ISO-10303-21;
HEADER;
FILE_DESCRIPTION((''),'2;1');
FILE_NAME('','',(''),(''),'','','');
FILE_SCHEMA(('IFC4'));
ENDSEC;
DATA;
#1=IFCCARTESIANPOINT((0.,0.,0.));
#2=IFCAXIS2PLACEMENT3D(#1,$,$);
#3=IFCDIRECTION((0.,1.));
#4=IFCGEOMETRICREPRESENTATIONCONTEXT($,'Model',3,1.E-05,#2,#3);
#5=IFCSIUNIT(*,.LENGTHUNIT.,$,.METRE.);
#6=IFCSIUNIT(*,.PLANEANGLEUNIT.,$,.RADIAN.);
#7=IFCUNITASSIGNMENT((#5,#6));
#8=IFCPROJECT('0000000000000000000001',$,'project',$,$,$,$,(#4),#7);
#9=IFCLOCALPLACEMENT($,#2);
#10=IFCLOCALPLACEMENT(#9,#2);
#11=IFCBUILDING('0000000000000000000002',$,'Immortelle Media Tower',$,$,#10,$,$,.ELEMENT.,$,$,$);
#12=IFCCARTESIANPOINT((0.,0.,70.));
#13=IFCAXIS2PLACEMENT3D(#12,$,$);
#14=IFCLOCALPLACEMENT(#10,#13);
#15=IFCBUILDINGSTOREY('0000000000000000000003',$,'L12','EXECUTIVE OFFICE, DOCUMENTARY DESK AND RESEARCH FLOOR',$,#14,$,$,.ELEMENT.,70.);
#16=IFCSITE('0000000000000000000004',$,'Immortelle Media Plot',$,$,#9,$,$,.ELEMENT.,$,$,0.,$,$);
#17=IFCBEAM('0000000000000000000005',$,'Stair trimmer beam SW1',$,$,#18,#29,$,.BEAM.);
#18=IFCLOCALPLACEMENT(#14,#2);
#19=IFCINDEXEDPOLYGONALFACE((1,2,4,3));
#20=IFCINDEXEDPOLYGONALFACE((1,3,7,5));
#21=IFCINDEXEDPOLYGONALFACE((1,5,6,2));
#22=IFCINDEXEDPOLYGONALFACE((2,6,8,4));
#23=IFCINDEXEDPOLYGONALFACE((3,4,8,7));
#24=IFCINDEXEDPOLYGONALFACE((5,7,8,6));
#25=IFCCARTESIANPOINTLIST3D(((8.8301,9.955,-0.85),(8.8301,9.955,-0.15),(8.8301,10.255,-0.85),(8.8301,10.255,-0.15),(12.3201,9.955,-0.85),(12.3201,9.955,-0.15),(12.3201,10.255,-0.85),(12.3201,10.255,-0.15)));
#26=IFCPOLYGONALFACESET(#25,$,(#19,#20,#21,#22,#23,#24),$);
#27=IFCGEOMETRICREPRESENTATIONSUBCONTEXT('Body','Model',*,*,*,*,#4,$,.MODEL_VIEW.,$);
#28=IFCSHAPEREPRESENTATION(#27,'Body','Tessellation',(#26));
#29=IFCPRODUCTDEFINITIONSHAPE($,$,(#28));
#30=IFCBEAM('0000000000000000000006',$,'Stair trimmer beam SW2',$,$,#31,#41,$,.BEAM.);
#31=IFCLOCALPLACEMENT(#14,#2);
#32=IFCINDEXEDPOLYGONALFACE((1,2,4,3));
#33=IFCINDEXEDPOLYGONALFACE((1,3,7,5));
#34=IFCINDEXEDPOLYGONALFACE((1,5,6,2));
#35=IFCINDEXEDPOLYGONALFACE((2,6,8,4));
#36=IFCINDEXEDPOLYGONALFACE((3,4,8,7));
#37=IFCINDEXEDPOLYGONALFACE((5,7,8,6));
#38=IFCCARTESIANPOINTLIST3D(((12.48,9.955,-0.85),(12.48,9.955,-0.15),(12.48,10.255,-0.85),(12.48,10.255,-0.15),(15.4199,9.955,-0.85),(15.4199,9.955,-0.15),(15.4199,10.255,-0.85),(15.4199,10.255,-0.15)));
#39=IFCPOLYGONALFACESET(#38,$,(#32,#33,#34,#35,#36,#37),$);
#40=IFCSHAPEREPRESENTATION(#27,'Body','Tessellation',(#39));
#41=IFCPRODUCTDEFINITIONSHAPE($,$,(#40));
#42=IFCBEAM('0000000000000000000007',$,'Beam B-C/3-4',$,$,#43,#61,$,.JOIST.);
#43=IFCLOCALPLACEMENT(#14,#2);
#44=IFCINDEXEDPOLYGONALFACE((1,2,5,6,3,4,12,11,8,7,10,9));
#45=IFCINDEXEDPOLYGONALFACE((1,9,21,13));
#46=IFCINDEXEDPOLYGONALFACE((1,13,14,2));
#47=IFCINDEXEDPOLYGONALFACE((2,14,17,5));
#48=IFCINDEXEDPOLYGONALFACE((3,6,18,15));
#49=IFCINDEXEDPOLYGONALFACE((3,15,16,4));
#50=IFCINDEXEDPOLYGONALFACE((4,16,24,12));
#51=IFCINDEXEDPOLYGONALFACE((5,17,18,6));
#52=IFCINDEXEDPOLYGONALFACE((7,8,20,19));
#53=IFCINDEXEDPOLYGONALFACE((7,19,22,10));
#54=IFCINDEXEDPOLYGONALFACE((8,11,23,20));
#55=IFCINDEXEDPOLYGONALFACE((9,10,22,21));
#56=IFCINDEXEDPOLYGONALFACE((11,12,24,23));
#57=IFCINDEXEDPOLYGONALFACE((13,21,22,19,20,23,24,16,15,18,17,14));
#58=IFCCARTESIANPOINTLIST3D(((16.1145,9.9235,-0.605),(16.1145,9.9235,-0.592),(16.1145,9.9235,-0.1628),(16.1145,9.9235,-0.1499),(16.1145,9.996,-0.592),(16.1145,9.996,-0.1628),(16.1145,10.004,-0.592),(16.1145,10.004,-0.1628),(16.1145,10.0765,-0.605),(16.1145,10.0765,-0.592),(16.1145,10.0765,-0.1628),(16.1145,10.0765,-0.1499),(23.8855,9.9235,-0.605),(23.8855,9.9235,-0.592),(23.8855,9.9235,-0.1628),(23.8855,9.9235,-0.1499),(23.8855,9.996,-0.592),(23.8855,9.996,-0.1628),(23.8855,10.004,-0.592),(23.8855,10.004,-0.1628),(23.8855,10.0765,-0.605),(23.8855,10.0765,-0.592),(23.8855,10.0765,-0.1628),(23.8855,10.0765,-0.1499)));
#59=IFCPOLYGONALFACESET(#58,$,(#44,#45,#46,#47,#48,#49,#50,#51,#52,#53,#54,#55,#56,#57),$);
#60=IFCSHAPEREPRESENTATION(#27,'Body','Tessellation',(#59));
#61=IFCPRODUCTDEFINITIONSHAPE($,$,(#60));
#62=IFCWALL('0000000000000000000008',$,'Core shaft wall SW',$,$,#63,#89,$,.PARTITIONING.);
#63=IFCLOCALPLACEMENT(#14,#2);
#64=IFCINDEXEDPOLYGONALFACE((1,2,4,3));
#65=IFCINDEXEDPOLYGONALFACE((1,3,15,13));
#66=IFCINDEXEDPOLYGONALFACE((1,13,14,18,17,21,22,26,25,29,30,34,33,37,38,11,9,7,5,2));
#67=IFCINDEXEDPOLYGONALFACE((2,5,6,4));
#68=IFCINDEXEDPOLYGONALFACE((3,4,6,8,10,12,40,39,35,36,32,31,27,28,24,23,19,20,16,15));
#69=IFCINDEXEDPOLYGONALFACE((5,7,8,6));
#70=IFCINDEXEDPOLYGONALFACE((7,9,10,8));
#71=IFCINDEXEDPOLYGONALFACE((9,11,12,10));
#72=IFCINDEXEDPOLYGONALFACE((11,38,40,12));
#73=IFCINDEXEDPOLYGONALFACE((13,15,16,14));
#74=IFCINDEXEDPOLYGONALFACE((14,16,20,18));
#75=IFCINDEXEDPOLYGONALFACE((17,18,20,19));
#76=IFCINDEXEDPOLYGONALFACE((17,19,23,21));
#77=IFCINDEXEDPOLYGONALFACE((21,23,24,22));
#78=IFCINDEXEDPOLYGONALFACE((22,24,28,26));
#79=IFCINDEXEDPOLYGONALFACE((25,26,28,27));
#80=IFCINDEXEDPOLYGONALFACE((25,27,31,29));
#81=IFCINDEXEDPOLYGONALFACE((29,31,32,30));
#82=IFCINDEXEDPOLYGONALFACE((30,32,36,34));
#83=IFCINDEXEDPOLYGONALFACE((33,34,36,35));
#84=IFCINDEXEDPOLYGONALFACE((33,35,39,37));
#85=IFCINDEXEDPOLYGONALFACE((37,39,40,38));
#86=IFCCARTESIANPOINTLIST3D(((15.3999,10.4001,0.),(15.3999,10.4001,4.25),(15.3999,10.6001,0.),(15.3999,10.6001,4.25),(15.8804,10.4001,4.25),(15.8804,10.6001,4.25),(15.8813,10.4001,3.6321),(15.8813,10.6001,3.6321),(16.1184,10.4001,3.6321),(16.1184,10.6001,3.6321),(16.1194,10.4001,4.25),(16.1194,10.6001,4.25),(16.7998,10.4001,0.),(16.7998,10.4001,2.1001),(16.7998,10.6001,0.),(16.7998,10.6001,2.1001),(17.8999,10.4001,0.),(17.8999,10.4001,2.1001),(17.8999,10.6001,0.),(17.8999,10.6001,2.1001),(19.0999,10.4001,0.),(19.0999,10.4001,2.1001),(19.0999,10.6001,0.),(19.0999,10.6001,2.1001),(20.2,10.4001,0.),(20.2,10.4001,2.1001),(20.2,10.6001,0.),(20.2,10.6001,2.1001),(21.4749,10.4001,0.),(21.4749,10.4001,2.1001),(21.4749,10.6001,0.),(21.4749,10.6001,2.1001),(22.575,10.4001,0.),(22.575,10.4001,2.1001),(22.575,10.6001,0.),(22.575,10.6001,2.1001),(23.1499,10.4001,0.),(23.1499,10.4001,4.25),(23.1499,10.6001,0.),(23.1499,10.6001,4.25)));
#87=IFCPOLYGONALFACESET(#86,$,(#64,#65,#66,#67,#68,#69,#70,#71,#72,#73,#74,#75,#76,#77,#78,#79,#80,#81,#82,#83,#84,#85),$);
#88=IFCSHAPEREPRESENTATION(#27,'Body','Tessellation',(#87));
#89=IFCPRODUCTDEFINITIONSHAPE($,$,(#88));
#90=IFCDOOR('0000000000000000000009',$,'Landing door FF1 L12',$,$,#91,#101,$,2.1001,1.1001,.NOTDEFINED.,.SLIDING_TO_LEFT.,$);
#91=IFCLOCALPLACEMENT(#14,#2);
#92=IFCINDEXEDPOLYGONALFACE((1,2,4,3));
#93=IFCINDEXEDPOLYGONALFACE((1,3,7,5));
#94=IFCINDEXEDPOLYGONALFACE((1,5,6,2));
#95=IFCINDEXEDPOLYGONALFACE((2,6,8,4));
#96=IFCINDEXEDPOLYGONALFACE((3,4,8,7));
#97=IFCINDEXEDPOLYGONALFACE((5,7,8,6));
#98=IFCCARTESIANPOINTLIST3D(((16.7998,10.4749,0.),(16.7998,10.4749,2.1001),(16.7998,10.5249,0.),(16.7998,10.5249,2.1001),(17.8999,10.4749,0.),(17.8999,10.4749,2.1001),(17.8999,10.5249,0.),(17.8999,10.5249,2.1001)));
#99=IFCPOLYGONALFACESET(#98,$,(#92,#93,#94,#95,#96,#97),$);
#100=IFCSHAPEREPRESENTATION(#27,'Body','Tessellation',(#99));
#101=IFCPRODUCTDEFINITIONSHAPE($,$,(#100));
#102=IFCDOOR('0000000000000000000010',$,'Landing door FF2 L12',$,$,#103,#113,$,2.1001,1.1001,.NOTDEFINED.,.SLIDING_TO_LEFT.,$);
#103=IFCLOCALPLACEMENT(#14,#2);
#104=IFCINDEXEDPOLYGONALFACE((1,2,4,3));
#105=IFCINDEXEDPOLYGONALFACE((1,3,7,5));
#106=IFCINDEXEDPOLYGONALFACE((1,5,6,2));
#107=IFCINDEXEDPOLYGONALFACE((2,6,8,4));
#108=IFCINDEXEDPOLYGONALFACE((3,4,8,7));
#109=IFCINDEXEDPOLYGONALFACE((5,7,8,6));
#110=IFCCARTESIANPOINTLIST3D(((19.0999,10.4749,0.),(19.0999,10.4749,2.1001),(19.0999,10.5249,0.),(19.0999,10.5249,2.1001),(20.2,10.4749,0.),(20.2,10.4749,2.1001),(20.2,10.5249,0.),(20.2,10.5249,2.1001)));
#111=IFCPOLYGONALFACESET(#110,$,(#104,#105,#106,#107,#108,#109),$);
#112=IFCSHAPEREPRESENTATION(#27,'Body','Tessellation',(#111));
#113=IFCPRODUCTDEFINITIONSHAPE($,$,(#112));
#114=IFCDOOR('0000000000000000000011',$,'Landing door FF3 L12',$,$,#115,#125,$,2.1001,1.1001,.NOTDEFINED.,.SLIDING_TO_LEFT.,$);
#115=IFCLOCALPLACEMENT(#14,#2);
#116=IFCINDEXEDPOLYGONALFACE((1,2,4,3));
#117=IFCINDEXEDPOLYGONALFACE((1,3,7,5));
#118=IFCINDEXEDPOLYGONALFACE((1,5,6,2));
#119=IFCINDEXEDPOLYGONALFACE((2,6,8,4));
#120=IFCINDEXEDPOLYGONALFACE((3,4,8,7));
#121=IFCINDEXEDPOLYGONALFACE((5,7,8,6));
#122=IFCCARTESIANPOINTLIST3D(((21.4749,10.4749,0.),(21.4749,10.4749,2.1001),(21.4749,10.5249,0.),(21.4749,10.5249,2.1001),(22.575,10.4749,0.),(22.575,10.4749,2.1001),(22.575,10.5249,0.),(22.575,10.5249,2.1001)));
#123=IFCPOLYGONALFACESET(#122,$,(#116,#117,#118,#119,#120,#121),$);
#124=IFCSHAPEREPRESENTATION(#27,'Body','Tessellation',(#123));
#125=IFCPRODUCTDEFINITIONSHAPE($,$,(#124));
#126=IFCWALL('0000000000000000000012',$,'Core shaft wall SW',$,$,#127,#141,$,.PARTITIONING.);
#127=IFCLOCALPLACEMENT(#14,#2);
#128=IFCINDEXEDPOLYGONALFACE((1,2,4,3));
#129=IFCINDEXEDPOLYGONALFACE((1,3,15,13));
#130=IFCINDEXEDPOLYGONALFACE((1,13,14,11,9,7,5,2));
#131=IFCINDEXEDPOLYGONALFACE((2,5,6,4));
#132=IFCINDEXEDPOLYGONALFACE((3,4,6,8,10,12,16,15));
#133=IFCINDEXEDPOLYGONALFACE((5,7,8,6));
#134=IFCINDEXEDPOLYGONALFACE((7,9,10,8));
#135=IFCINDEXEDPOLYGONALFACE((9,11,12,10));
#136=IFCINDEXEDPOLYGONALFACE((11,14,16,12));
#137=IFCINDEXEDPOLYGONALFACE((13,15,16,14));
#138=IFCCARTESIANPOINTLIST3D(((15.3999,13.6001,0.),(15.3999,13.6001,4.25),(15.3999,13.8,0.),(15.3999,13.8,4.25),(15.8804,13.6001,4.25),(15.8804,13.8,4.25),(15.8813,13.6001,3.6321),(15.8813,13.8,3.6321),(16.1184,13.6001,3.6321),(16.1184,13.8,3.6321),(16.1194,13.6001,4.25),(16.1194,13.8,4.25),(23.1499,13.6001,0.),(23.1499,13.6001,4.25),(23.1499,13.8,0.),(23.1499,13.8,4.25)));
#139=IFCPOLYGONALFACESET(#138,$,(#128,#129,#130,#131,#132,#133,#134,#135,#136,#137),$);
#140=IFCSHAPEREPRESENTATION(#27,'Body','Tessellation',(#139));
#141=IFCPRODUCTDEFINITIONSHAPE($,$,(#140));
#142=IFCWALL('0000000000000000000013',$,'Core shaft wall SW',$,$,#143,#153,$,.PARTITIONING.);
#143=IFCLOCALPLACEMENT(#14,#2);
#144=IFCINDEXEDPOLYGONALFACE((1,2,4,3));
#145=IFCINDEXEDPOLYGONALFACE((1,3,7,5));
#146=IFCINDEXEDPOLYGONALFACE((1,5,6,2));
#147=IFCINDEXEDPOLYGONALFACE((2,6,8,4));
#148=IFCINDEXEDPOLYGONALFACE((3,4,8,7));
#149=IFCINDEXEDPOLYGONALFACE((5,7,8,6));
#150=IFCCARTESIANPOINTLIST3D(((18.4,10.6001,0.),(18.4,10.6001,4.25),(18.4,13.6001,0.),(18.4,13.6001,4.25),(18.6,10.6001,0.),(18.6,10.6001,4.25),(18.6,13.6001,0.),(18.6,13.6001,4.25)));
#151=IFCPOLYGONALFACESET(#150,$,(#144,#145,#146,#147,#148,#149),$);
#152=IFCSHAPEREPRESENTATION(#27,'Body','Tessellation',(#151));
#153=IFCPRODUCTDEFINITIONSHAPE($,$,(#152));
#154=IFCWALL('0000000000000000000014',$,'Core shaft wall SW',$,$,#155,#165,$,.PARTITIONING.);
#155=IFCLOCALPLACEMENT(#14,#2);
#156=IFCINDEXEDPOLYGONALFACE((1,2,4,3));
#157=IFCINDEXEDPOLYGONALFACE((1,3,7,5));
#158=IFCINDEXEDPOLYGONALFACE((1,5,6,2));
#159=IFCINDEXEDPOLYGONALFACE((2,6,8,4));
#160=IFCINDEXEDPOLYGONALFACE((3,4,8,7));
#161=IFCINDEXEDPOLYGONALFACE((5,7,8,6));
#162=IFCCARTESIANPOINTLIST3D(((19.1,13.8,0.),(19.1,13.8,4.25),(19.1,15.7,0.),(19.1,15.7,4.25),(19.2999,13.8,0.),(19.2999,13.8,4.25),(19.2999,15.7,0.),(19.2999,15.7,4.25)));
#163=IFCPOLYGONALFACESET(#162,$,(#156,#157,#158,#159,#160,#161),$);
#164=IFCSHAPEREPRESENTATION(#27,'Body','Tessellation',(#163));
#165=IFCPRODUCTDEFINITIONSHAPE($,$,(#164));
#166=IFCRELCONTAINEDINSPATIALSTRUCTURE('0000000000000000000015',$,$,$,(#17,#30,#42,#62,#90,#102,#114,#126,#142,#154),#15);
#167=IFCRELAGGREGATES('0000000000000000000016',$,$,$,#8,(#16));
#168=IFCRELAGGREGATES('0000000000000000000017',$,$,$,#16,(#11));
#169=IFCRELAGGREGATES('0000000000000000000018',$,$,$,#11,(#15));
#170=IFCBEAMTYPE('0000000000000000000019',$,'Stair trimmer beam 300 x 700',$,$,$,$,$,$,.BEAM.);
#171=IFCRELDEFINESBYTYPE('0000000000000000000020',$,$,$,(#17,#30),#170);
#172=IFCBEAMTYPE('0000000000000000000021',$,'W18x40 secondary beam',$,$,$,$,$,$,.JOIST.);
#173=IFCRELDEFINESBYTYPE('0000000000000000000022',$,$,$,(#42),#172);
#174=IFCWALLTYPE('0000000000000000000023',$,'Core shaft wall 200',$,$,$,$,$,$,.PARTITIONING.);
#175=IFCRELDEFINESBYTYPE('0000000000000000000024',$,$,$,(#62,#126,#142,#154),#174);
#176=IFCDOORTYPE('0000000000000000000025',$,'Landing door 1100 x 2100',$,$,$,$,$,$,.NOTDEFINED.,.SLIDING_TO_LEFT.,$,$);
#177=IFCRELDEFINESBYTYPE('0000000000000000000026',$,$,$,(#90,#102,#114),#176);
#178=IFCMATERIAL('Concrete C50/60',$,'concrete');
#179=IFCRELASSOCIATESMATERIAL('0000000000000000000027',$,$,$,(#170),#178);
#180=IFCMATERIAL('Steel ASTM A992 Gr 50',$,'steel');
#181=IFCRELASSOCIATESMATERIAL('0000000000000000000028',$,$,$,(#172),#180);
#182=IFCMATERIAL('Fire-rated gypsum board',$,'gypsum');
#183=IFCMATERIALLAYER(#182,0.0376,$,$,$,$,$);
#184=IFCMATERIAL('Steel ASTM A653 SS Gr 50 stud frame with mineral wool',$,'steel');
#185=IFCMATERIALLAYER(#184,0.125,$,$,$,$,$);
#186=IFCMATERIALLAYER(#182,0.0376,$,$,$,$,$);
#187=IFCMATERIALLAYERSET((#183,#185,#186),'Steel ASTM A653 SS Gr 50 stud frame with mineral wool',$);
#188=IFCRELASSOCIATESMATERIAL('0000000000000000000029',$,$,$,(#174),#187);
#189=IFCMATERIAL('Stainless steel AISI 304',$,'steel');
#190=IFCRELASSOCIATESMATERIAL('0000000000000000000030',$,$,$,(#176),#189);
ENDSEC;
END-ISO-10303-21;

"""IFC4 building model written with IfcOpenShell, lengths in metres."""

from ifc_helpers import new_model, si_unit, direction, frame, frame_2d, origin, origin_2d, place, context, subcontext, project, spatial, polyline, rectangle, i_section, outline, extrude, material, layer, layer_set, material_profile, profile_set, type_object, element, fill, save


model = new_model("IFC4")

# Units and contexts
model_context = context("Model", 3, precision=1e-05, world=origin(), true_north=direction((0.0, 1.0)))
body_context = subcontext(model_context, "Body", "Model", "MODEL_VIEW")
ifc_project = project(units=[si_unit("LENGTHUNIT", "METRE"), si_unit("PLANEANGLEUNIT", "RADIAN")], contexts=[model_context])

# Site, building, storey
site_placement = place(None, origin())
site = spatial("IfcSite", under=ifc_project, at=site_placement, Name="Immortelle Media Plot", CompositionType="ELEMENT", RefElevation=0.0)
building_placement = place(site_placement, origin())
building = spatial("IfcBuilding", under=site, at=building_placement, Name="Immortelle Media Tower", CompositionType="ELEMENT")
storey_placement = place(building_placement, frame((0.0, 0.0, 70.0)))
storey = spatial("IfcBuildingStorey", under=building, at=storey_placement, Name="L12", Description="EXECUTIVE OFFICE, DOCUMENTARY DESK AND RESEARCH FLOOR", CompositionType="ELEMENT", Elevation=70.0)

# Beams
ifc_material_1 = material(Name="Concrete C50/60", Category="concrete")
ifc_material_profile_1 = material_profile(ifc_material_1, rectangle(XDim=0.3, YDim=0.7, at=origin_2d()), Name="RC 300x700")
ifc_profile_set_1 = profile_set([ifc_material_profile_1], Name="Concrete C50/60")
beam_type_1 = type_object("IfcBeamType", Name="Stair trimmer beam 300 x 700", PredefinedType="BEAM", material=ifc_profile_set_1)
beam_1_placement = place(storey_placement, frame((8.8301, 10.105, -0.5), z_axis=(1.0, 0.0, 0.0), x_axis=(0.0, 1.0, 0.0)))
element("IfcBeam", 1, at=beam_1_placement, inside=storey, type_object=beam_type_1, Name="Stair trimmer beam SW1", PredefinedType="BEAM", context=body_context, shape_type="SweptSolid", body=[
    extrude(rectangle(XDim=0.3, YDim=0.7, at=origin_2d()), origin(), (0.0, 0.0, 1.0), 3.49),
])
beam_2_placement = place(storey_placement, frame((12.48, 10.105, -0.5), z_axis=(1.0, 0.0, 0.0), x_axis=(0.0, 1.0, 0.0)))
element("IfcBeam", 2, at=beam_2_placement, inside=storey, type_object=beam_type_1, Name="Stair trimmer beam SW2", PredefinedType="BEAM", context=body_context, shape_type="SweptSolid", body=[
    extrude(rectangle(XDim=0.3, YDim=0.7, at=origin_2d()), origin(), (0.0, 0.0, 1.0), 2.9399),
])
ifc_material_2 = material(Name="Steel ASTM A992 Gr 50", Category="steel")
ifc_material_profile_2 = material_profile(ifc_material_2, i_section(OverallWidth=0.1531, OverallDepth=0.4551, WebThickness=0.0081, FlangeThickness=0.0129, at=origin_2d()), Name="W18x40")
ifc_profile_set_2 = profile_set([ifc_material_profile_2], Name="Steel ASTM A992 Gr 50")
beam_type_2 = type_object("IfcBeamType", Name="W18x40 secondary beam", PredefinedType="JOIST", material=ifc_profile_set_2)
beam_3_placement = place(storey_placement, frame((16.1145, 10.0, -0.3774), z_axis=(1.0, 0.0, 0.0), x_axis=(0.0, 1.0, 0.0)))
element("IfcBeam", 3, at=beam_3_placement, inside=storey, type_object=beam_type_2, Name="Beam B-C/3-4", PredefinedType="JOIST", context=body_context, shape_type="SweptSolid", body=[
    extrude(i_section(OverallWidth=0.1531, OverallDepth=0.4551, WebThickness=0.0081, FlangeThickness=0.0129, at=origin_2d()), origin(), (0.0, 0.0, 1.0), 7.771),
])

# Wall, openings, doors
ifc_material_3 = material(Name="Fire-rated gypsum board", Category="gypsum")
ifc_layer_1 = layer(ifc_material_3, 0.0376)
ifc_material_4 = material(Name="Steel ASTM A653 SS Gr 50 stud frame with mineral wool", Category="steel")
ifc_layer_2 = layer(ifc_material_4, 0.125)
ifc_layer_3 = layer(ifc_material_3, 0.0376)
ifc_layer_set_1 = layer_set([ifc_layer_1, ifc_layer_2, ifc_layer_3], Name="Steel ASTM A653 SS Gr 50 stud frame with mineral wool")
wall_type_1 = type_object("IfcWallType", Name="Core shaft wall 200", PredefinedType="PARTITIONING", material=ifc_layer_set_1)
wall_1_placement = place(storey_placement, frame((15.3999, 10.5, 0.0), z_axis=(0.0, 0.0, 1.0), x_axis=(1.0, 0.0, 0.0)))
wall_1 = element("IfcWall", 4, at=wall_1_placement, inside=storey, type_object=wall_type_1, Name="Core shaft wall SW", PredefinedType="PARTITIONING", context=body_context, shape_type="SweptSolid", body=[
    extrude(outline(polyline([(0.0, 0.0), (7.75, 0.0), (7.75, 4.25), (0.7195, 4.25), (0.7185, 3.6321), (0.4814, 3.6321), (0.4805, 4.25), (0.0, 4.25), (0.0, 0.0)])), frame((0.0, 0.1001, 0.0), z_axis=(0.0, -1.0, 0.0), x_axis=(1.0, 0.0, 0.0)), (0.0, 0.0, 1.0), 0.2),
])
opening_1_placement = place(wall_1_placement, frame((1.3999, 0.0, 0.0)))
opening_1 = element("IfcOpeningElement", 5, at=opening_1_placement, cuts=wall_1, PredefinedType="OPENING", context=body_context, shape_type="SweptSolid", body=[
    extrude(rectangle(XDim=1.1001, YDim=2.1001, at=frame_2d((0.55, 1.05))), frame((0.0, 0.1099, 0.0), z_axis=(0.0, -1.0, 0.0), x_axis=(1.0, 0.0, 0.0)), (0.0, 0.0, 1.0), 0.22),
])
opening_2_placement = place(wall_1_placement, frame((3.7, 0.0, 0.0)))
opening_2 = element("IfcOpeningElement", 6, at=opening_2_placement, cuts=wall_1, PredefinedType="OPENING", context=body_context, shape_type="SweptSolid", body=[
    extrude(rectangle(XDim=1.1001, YDim=2.1001, at=frame_2d((0.55, 1.05))), frame((0.0, 0.1099, 0.0), z_axis=(0.0, -1.0, 0.0), x_axis=(1.0, 0.0, 0.0)), (0.0, 0.0, 1.0), 0.22),
])
opening_3_placement = place(wall_1_placement, frame((6.075, 0.0, 0.0)))
opening_3 = element("IfcOpeningElement", 7, at=opening_3_placement, cuts=wall_1, PredefinedType="OPENING", context=body_context, shape_type="SweptSolid", body=[
    extrude(rectangle(XDim=1.1001, YDim=2.1001, at=frame_2d((0.55, 1.05))), frame((0.0, 0.1099, 0.0), z_axis=(0.0, -1.0, 0.0), x_axis=(1.0, 0.0, 0.0)), (0.0, 0.0, 1.0), 0.22),
])
ifc_material_5 = material(Name="Stainless steel AISI 304", Category="steel")
door_type_1 = type_object("IfcDoorType", Name="Landing door 1100 x 2100", OperationType="SLIDING_TO_LEFT", PredefinedType="NOTDEFINED", material=ifc_material_5)
door_1_placement = place(opening_1_placement, origin())
door_1 = element("IfcDoor", 8, at=door_1_placement, inside=storey, type_object=door_type_1, Name="Landing door FF1 L12", OperationType="SLIDING_TO_LEFT", OverallHeight=2.1001, OverallWidth=1.1001, PredefinedType="NOTDEFINED", context=body_context, shape_type="SweptSolid", body=[
    extrude(rectangle(XDim=1.1001, YDim=2.1001, at=frame_2d((0.55, 1.05))), frame((0.0, 0.0249, 0.0), z_axis=(0.0, -1.0, 0.0), x_axis=(1.0, 0.0, 0.0)), (0.0, 0.0, 1.0), 0.05),
])
fill(opening_1, door_1)
door_2_placement = place(opening_2_placement, origin())
door_2 = element("IfcDoor", 9, at=door_2_placement, inside=storey, type_object=door_type_1, Name="Landing door FF2 L12", OperationType="SLIDING_TO_LEFT", OverallHeight=2.1001, OverallWidth=1.1001, PredefinedType="NOTDEFINED", context=body_context, shape_type="SweptSolid", body=[
    extrude(rectangle(XDim=1.1001, YDim=2.1001, at=frame_2d((0.55, 1.05))), frame((0.0, 0.0249, 0.0), z_axis=(0.0, -1.0, 0.0), x_axis=(1.0, 0.0, 0.0)), (0.0, 0.0, 1.0), 0.05),
])
fill(opening_2, door_2)
door_3_placement = place(opening_3_placement, origin())
door_3 = element("IfcDoor", 10, at=door_3_placement, inside=storey, type_object=door_type_1, Name="Landing door FF3 L12", OperationType="SLIDING_TO_LEFT", OverallHeight=2.1001, OverallWidth=1.1001, PredefinedType="NOTDEFINED", context=body_context, shape_type="SweptSolid", body=[
    extrude(rectangle(XDim=1.1001, YDim=2.1001, at=frame_2d((0.55, 1.05))), frame((0.0, 0.0249, 0.0), z_axis=(0.0, -1.0, 0.0), x_axis=(1.0, 0.0, 0.0)), (0.0, 0.0, 1.0), 0.05),
])
fill(opening_3, door_3)

# Walls
wall_2_placement = place(storey_placement, frame((15.3999, 13.7, 0.0), z_axis=(0.0, 0.0, 1.0), x_axis=(1.0, 0.0, 0.0)))
element("IfcWall", 11, at=wall_2_placement, inside=storey, type_object=wall_type_1, Name="Core shaft wall SW", PredefinedType="PARTITIONING", context=body_context, shape_type="SweptSolid", body=[
    extrude(outline(polyline([(0.0, 0.0), (7.75, 0.0), (7.75, 4.25), (0.7195, 4.25), (0.7185, 3.6321), (0.4814, 3.6321), (0.4805, 4.25), (0.0, 4.25), (0.0, 0.0)])), frame((0.0, 0.1001, 0.0), z_axis=(0.0, -1.0, 0.0), x_axis=(1.0, 0.0, 0.0)), (0.0, 0.0, 1.0), 0.2),
])
wall_3_placement = place(storey_placement, frame((18.5, 10.6001, 0.0), z_axis=(0.0, 0.0, 1.0), x_axis=(0.0, 1.0, 0.0)))
element("IfcWall", 12, at=wall_3_placement, inside=storey, type_object=wall_type_1, Name="Core shaft wall SW", PredefinedType="PARTITIONING", context=body_context, shape_type="SweptSolid", body=[
    extrude(rectangle(XDim=3.0, YDim=0.2, at=frame_2d((1.5, 0.0))), origin(), (0.0, 0.0, 1.0), 4.25),
])
wall_4_placement = place(storey_placement, frame((19.2, 13.8, 0.0), z_axis=(0.0, 0.0, 1.0), x_axis=(0.0, 1.0, 0.0)))
element("IfcWall", 13, at=wall_4_placement, inside=storey, type_object=wall_type_1, Name="Core shaft wall SW", PredefinedType="PARTITIONING", context=body_context, shape_type="SweptSolid", body=[
    extrude(rectangle(XDim=1.8999, YDim=0.2, at=frame_2d((0.95, 0.0))), origin(), (0.0, 0.0, 1.0), 4.25),
])

save(model, "model.ifc")
